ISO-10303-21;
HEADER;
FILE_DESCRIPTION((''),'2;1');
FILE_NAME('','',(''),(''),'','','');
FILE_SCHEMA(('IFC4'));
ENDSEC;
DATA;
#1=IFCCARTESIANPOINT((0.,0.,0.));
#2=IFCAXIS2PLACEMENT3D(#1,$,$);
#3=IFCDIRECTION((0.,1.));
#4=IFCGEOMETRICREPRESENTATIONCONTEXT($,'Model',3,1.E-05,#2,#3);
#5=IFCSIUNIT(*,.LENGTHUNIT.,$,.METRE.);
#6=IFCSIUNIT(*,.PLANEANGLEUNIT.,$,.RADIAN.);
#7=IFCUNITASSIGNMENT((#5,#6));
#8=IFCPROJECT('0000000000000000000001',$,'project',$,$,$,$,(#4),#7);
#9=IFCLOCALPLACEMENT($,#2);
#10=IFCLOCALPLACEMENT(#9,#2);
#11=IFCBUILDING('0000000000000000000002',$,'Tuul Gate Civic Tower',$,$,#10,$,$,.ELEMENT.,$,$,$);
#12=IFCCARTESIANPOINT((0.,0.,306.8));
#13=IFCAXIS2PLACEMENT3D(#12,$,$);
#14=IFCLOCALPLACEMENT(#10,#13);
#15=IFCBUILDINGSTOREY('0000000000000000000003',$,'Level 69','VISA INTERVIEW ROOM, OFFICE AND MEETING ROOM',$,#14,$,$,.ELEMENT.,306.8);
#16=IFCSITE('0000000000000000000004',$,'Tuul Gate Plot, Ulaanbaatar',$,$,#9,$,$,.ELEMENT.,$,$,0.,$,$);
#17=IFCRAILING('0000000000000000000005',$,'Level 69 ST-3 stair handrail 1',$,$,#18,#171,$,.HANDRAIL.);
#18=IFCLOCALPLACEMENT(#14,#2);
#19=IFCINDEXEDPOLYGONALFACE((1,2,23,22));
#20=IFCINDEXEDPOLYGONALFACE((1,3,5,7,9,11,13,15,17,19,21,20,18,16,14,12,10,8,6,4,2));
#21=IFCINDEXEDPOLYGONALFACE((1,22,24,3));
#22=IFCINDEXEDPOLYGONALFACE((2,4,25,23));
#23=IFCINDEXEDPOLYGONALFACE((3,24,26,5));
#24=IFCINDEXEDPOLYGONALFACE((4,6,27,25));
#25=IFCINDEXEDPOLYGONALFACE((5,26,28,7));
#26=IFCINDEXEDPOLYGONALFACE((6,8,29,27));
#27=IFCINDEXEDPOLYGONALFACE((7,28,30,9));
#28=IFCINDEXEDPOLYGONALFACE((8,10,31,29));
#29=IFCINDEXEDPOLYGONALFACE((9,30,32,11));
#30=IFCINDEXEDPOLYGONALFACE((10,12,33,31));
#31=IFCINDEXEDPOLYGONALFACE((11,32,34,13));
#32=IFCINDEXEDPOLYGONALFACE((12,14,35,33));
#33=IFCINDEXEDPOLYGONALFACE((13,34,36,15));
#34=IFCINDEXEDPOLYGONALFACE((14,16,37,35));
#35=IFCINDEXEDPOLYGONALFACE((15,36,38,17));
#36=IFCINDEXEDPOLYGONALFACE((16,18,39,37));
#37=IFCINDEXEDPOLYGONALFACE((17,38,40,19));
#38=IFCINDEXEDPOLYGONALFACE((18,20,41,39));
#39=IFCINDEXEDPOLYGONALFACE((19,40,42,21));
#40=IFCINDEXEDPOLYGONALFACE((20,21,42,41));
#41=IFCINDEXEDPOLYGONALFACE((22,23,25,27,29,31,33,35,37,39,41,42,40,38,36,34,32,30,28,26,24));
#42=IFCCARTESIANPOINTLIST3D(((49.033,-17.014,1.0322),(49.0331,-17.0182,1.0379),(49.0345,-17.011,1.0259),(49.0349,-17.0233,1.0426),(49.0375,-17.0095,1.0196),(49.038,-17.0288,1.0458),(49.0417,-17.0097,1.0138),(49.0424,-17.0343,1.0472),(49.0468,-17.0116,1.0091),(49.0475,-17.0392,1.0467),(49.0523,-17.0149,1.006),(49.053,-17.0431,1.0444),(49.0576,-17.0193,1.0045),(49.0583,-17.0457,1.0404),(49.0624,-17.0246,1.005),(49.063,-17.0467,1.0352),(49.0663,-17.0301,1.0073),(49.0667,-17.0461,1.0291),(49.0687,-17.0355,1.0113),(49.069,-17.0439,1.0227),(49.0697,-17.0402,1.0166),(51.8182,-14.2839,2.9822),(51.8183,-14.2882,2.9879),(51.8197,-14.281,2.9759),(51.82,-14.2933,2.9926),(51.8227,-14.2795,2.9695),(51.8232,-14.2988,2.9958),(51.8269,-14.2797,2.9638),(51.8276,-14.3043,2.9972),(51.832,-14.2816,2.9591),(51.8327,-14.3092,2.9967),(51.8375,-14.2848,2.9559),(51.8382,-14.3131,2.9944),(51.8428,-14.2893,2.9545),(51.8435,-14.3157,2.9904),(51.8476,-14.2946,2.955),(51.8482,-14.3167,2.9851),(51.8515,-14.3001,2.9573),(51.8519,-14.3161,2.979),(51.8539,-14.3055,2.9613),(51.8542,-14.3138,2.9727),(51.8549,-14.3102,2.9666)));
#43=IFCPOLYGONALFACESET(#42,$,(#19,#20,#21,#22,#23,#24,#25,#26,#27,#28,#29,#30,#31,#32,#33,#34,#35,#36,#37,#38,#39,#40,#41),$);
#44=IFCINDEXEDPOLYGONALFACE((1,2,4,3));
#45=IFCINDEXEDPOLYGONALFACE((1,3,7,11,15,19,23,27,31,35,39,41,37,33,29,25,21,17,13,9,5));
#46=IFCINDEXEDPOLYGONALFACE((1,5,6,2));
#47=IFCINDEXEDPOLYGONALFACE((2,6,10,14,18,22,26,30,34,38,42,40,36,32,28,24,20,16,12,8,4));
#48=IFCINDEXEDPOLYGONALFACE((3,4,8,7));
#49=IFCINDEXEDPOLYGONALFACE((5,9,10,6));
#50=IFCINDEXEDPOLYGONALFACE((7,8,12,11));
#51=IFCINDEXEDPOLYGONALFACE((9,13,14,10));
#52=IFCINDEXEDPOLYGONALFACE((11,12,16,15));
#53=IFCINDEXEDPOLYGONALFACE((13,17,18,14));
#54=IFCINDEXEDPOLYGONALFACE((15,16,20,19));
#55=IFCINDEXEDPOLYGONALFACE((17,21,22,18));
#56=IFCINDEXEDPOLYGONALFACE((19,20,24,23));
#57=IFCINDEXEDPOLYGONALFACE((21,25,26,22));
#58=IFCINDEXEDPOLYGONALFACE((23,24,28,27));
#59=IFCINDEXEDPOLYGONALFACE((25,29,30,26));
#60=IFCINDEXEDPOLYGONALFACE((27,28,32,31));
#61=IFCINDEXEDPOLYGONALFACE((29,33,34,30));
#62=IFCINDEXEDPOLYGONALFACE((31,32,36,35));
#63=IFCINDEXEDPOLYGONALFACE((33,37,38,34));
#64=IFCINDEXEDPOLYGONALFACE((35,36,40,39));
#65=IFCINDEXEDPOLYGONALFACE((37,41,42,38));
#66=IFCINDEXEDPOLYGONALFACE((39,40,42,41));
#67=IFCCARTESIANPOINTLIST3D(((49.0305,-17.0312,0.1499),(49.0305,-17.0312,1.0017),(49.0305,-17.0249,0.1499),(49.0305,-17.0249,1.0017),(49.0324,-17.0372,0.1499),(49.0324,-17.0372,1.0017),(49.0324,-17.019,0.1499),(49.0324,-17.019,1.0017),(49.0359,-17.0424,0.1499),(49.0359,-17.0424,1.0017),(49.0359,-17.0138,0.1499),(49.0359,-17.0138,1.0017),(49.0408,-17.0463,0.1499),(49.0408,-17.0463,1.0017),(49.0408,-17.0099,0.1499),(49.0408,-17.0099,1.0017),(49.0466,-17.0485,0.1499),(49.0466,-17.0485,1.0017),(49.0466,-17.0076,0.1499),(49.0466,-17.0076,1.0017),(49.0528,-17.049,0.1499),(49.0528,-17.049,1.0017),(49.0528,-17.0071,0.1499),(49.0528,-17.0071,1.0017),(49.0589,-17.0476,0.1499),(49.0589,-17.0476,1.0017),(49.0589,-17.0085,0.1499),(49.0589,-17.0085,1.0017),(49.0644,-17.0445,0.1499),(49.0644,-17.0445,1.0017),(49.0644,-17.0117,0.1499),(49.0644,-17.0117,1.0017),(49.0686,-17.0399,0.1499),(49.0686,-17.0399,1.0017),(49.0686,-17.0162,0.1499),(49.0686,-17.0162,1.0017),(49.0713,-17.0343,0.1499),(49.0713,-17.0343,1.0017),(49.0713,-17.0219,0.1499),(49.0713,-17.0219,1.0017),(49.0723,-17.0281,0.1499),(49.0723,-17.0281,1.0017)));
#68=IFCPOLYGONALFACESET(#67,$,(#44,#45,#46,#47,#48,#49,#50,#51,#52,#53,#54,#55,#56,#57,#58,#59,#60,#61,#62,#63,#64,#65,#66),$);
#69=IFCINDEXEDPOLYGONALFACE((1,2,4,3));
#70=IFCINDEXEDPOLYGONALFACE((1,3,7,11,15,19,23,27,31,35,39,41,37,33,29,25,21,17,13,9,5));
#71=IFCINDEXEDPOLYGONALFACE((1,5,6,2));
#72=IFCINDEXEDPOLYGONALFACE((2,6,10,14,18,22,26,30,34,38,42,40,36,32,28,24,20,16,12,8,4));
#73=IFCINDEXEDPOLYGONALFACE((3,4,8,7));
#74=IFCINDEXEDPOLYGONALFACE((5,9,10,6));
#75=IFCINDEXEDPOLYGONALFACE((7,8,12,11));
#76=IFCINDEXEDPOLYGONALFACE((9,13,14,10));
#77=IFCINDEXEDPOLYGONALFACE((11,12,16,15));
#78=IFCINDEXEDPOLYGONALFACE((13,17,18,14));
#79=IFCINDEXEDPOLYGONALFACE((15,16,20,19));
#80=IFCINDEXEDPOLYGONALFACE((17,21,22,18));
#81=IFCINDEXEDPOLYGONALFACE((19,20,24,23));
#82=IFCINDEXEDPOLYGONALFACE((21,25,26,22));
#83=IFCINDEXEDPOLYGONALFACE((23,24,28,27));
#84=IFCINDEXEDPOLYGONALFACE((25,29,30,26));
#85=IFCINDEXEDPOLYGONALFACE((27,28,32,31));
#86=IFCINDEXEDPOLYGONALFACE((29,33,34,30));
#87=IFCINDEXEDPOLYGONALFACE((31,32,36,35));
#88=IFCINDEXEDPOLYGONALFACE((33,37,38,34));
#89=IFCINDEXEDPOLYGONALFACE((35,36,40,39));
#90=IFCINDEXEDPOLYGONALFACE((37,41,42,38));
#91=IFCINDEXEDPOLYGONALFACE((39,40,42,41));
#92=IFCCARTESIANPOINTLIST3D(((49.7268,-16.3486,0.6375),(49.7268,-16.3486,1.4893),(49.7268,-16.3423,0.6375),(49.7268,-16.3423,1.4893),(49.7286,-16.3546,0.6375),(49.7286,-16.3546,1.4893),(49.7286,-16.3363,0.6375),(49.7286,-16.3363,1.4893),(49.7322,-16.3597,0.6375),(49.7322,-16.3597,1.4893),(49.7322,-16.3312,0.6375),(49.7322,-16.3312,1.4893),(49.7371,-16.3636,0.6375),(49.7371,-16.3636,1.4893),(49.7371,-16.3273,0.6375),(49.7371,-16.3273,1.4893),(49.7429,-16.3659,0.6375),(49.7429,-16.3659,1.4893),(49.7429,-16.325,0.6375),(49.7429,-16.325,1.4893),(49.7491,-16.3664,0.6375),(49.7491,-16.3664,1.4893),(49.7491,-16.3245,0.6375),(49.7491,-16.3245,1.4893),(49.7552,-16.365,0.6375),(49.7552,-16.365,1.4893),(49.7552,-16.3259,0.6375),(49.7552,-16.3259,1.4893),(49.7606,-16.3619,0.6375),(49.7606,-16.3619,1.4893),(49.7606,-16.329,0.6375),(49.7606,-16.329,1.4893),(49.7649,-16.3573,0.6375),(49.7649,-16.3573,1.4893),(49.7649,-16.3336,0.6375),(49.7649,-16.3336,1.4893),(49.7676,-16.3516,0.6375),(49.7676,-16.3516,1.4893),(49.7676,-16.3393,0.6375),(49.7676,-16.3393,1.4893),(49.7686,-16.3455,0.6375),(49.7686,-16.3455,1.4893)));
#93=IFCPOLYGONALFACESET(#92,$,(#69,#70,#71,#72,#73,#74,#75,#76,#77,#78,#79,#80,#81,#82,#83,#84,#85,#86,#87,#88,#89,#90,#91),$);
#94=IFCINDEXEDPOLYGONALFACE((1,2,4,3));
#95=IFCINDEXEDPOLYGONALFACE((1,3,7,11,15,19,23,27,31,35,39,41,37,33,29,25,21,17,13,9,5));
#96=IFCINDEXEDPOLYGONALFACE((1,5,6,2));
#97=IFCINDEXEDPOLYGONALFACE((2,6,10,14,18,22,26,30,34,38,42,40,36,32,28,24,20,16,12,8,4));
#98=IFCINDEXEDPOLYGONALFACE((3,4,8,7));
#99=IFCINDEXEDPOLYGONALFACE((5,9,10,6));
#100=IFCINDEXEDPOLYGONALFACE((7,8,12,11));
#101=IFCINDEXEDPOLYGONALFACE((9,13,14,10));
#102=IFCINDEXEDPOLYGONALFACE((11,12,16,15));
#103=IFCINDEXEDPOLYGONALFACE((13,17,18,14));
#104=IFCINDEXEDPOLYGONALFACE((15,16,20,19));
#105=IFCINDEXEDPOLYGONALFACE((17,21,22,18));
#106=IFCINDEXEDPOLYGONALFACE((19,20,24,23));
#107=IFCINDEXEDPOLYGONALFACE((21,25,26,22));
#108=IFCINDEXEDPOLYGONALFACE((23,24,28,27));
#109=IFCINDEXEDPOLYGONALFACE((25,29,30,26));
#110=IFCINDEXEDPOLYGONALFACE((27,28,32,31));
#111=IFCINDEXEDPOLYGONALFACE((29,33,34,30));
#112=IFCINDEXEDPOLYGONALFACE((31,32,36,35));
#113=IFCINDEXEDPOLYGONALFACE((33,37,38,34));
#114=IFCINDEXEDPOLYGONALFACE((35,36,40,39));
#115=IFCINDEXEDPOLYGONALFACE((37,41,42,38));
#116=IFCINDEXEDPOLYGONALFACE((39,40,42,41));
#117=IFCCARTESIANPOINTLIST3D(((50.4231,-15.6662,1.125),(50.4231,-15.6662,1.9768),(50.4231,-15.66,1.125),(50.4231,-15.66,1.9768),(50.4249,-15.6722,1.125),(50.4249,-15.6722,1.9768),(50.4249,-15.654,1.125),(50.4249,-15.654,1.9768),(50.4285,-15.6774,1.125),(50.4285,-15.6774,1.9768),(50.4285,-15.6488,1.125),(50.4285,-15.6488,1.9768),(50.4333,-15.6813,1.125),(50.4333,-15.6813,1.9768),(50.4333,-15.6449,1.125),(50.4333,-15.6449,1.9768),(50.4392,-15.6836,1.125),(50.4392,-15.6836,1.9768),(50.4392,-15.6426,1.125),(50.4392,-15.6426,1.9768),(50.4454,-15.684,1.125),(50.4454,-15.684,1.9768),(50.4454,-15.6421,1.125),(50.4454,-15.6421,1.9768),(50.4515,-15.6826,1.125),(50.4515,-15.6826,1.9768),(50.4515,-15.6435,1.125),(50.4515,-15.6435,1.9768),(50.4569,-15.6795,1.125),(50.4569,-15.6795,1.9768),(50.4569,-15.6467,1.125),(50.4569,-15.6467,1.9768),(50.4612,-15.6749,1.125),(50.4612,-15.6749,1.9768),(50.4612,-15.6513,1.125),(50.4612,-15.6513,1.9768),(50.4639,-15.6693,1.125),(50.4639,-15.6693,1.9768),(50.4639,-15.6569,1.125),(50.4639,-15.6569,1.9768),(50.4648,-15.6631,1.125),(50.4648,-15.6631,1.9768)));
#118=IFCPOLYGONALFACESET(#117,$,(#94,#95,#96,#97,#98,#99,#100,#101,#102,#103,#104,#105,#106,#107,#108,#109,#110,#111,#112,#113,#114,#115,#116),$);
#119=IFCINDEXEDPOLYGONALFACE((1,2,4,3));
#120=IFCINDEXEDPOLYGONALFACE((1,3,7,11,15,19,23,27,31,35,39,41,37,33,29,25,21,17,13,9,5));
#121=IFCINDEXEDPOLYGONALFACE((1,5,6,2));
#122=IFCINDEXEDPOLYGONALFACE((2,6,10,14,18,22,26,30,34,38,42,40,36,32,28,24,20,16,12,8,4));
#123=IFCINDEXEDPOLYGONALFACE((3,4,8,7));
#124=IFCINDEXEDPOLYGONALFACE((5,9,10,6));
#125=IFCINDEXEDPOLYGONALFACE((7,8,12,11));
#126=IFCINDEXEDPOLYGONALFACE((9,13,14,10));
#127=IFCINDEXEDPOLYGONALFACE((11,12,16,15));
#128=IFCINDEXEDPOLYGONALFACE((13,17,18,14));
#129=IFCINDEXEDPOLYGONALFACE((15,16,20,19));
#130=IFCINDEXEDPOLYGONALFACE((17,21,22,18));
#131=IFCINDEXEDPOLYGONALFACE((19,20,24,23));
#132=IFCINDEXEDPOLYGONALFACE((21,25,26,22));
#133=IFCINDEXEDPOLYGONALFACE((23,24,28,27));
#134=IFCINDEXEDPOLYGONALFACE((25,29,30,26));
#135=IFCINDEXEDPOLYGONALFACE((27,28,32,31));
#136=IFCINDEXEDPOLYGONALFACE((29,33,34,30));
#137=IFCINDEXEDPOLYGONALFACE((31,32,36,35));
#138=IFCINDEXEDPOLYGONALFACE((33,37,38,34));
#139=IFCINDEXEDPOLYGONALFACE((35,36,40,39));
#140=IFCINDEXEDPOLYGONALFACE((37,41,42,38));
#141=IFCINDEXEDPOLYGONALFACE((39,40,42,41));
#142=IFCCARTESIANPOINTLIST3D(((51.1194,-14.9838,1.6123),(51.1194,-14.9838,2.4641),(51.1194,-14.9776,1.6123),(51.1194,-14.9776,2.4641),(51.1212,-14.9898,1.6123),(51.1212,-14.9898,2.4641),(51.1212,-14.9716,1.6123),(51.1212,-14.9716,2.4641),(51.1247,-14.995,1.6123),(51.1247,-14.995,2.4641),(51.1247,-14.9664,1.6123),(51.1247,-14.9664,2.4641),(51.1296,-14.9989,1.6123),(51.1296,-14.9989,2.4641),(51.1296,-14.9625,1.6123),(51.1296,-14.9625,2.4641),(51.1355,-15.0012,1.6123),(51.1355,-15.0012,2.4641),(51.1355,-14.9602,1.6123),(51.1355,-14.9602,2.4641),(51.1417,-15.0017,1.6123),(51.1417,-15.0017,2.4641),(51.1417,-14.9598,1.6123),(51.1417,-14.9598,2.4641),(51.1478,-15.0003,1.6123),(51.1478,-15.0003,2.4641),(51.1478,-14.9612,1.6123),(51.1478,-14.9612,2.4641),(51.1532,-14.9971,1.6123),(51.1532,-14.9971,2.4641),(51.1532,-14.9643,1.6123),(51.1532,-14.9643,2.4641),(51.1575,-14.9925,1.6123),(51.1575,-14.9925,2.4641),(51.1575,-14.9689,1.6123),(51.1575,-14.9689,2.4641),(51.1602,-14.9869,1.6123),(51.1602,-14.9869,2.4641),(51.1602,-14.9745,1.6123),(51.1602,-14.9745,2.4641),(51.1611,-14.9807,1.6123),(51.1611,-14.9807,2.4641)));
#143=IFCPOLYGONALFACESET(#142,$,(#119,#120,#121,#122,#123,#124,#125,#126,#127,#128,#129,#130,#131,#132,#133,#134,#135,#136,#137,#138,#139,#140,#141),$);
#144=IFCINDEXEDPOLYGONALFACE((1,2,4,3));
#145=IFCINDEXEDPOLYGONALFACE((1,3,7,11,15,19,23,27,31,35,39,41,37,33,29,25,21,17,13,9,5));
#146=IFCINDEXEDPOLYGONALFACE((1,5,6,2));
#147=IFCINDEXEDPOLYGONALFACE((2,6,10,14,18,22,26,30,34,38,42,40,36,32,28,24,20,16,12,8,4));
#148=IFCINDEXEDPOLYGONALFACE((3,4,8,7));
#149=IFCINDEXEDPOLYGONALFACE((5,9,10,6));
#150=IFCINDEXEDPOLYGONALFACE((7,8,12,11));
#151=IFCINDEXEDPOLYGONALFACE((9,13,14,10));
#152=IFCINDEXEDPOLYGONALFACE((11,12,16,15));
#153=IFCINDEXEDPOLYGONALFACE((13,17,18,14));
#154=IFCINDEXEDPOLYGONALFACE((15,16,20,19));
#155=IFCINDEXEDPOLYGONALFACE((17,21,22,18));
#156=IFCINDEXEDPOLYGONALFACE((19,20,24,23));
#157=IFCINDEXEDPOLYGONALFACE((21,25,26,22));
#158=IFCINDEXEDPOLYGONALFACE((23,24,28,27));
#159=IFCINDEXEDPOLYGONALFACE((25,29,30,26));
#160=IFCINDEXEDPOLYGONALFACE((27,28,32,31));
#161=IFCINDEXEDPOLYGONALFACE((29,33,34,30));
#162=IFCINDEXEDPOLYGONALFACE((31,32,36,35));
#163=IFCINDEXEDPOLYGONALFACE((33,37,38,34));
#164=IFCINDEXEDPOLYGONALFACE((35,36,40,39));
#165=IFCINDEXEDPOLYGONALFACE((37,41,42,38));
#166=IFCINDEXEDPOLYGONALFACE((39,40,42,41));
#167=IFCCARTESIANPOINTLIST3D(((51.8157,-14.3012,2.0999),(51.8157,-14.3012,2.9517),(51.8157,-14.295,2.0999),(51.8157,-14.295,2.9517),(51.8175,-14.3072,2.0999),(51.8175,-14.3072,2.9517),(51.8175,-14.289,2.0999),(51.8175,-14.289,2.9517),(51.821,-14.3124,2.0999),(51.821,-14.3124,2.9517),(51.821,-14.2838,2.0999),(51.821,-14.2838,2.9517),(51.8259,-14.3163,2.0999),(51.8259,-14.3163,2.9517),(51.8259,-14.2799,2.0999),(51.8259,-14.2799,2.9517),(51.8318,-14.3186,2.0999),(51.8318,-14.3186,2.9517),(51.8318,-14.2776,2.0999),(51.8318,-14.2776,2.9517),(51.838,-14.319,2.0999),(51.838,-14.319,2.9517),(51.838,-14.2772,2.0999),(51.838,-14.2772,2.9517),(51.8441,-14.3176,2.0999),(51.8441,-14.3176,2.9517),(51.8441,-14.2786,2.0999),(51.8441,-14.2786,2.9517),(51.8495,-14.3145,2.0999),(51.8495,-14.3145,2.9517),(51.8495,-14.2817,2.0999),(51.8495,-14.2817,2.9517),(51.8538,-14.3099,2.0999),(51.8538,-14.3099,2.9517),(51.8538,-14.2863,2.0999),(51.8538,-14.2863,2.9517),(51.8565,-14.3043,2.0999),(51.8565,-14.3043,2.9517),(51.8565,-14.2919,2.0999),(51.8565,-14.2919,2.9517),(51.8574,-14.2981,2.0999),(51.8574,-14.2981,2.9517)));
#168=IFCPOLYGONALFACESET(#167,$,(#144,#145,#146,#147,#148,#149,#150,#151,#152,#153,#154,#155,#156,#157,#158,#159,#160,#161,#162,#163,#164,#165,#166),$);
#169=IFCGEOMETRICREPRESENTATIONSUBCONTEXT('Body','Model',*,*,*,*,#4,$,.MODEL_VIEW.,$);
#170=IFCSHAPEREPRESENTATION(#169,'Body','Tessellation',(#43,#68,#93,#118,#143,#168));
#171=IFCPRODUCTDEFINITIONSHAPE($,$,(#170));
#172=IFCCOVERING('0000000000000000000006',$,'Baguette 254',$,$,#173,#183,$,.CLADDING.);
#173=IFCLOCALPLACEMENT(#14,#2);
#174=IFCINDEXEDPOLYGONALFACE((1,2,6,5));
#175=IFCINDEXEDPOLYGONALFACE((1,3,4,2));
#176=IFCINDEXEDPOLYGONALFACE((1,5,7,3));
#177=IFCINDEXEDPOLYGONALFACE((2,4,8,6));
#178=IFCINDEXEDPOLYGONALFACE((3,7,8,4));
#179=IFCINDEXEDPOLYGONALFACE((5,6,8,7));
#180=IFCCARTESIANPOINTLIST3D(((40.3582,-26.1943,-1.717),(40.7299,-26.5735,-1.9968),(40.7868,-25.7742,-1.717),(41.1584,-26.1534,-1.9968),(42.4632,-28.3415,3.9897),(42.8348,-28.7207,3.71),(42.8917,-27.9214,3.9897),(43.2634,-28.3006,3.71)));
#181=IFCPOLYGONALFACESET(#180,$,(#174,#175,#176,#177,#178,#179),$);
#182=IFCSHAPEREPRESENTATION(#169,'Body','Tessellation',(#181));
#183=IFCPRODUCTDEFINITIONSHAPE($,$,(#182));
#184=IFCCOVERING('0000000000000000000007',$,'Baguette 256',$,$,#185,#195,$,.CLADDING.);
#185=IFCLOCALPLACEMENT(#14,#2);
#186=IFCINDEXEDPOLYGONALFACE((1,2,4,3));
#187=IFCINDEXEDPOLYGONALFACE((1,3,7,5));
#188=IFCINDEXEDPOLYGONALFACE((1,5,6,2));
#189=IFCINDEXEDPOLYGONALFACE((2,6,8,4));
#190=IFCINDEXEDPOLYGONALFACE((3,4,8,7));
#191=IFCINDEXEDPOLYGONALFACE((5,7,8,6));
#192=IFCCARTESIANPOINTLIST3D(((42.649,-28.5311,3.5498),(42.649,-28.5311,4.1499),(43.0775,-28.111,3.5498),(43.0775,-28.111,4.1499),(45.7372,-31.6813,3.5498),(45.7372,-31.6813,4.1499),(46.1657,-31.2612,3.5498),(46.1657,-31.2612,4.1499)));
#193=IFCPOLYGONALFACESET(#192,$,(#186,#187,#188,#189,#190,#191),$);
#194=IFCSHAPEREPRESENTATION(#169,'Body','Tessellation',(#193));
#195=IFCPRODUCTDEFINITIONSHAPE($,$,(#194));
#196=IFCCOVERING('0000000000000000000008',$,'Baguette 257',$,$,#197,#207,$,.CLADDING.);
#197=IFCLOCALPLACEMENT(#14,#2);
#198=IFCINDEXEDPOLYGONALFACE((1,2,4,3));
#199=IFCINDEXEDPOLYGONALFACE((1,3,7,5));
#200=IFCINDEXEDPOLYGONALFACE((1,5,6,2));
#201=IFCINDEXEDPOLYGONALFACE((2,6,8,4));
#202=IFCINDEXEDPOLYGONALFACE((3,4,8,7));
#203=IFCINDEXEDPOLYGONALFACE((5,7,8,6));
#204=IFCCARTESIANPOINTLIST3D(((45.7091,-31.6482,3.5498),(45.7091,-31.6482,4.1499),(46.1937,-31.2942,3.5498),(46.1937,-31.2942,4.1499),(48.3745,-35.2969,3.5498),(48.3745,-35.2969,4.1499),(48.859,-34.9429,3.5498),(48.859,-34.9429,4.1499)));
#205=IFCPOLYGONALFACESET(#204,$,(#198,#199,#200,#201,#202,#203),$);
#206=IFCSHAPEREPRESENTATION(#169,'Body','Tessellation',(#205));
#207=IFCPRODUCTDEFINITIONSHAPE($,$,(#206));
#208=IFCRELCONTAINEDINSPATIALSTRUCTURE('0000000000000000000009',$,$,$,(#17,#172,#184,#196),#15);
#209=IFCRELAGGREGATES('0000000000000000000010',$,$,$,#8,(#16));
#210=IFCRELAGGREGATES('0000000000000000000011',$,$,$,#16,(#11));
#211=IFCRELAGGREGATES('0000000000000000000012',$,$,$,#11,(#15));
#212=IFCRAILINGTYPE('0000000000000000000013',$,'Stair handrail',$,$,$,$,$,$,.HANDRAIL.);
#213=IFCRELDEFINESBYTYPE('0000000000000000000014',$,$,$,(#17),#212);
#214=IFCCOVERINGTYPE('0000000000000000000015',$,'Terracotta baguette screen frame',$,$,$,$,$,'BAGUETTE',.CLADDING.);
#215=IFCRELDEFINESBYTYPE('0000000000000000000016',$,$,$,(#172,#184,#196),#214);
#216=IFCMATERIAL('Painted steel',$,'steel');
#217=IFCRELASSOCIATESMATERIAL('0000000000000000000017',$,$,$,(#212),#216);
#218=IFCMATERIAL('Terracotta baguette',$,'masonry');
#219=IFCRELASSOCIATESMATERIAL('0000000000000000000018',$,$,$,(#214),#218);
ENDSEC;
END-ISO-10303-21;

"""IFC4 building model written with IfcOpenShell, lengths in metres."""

from ifc_helpers import new_model, si_unit, direction, frame, origin, origin_2d, place, context, subcontext, project, spatial, rectangle, circle, extrude, material, material_profile, profile_set, type_object, element, save


model = new_model("IFC4")

# Units and contexts
model_context = context("Model", 3, precision=1e-05, world=origin(), true_north=direction((0.0, 1.0)))
body_context = subcontext(model_context, "Body", "Model", "MODEL_VIEW")
ifc_project = project(units=[si_unit("LENGTHUNIT", "METRE"), si_unit("PLANEANGLEUNIT", "RADIAN")], contexts=[model_context])

# Site, building, storey
site_placement = place(None, origin())
site = spatial("IfcSite", under=ifc_project, at=site_placement, Name="Tuul Gate Plot, Ulaanbaatar", CompositionType="ELEMENT", RefElevation=0.0)
building_placement = place(site_placement, origin())
building = spatial("IfcBuilding", under=site, at=building_placement, Name="Tuul Gate Civic Tower", CompositionType="ELEMENT")
storey_placement = place(building_placement, frame((0.0, 0.0, 306.8)))
storey = spatial("IfcBuildingStorey", under=building, at=storey_placement, Name="Level 69", Description="VISA INTERVIEW ROOM, OFFICE AND MEETING ROOM", CompositionType="ELEMENT", Elevation=306.8)

# Railing
ifc_material_1 = material(Name="Painted steel", Category="steel")
railing_type = type_object("IfcRailingType", Name="Stair handrail", PredefinedType="HANDRAIL", material=ifc_material_1)
railing_placement = place(storey_placement, frame((49.0513, -17.0281, 0.1499)))
element("IfcRailing", 1, at=railing_placement, inside=storey, type_object=railing_type, Name="Level 69 ST-3 stair handrail 1", PredefinedType="HANDRAIL", context=body_context, shape_type="SweptSolid", body=[
    extrude(circle(Radius=0.0239, at=origin_2d()), frame((0.0, 0.0, 0.876), z_axis=(0.638754, 0.6261, 0.447206), x_axis=(-0.699998, 0.714145, 0.0)), (0.0, 0.0, 1.0), 4.3604),
    extrude(circle(Radius=0.021, at=origin_2d()), origin(), (0.0, 0.0, 1.0), 0.8518),
    extrude(circle(Radius=0.021, at=origin_2d()), frame((0.6963, 0.6826, 0.4875)), (0.0, 0.0, 1.0), 0.8518),
    extrude(circle(Radius=0.021, at=origin_2d()), frame((1.3926, 1.365, 0.9751)), (0.0, 0.0, 1.0), 0.8518),
    extrude(circle(Radius=0.021, at=origin_2d()), frame((2.0889, 2.0474, 1.4624)), (0.0, 0.0, 1.0), 0.8518),
    extrude(circle(Radius=0.021, at=origin_2d()), frame((2.7852, 2.73, 1.95)), (0.0, 0.0, 1.0), 0.8518),
])

# Coverings
ifc_material_2 = material(Name="Terracotta baguette", Category="masonry")
ifc_material_profile_1 = material_profile(ifc_material_2, rectangle(XDim=0.6001, YDim=0.6001, at=origin_2d()), Name="Terracotta baguette screen frame")
ifc_profile_set_1 = profile_set([ifc_material_profile_1], Name="Terracotta baguette")
covering_type = type_object("IfcCoveringType", Name="Terracotta baguette screen frame", ElementType="BAGUETTE", PredefinedType="CLADDING", material=ifc_profile_set_1)
covering_1_placement = place(storey_placement, frame((42.8633, -28.321, 3.8499), z_axis=(-0.326328, 0.332876, -0.884705), x_axis=(-0.714095, -0.700049, 0.0)))
element("IfcCovering", 2, at=covering_1_placement, inside=storey, type_object=covering_type, Name="Baguette 254", PredefinedType="CLADDING", context=body_context, shape_type="SweptSolid", body=[
    extrude(rectangle(XDim=0.6001, YDim=0.6001, at=origin_2d()), origin(), (0.0, 0.0, 1.0), 6.4504),
])
covering_2_placement = place(storey_placement, frame((42.8633, -28.321, 3.8499), z_axis=(0.700043, -0.714101, 0.0), x_axis=(0.714101, 0.700043, 0.0)))
element("IfcCovering", 3, at=covering_2_placement, inside=storey, type_object=covering_type, Name="Baguette 256", PredefinedType="CLADDING", context=body_context, shape_type="SweptSolid", body=[
    extrude(rectangle(XDim=0.6001, YDim=0.6001, at=origin_2d()), origin(), (0.0, 0.0, 1.0), 4.4114),
])
covering_3_placement = place(storey_placement, frame((45.9514, -31.4712, 3.8499), z_axis=(0.589863, -0.807503, 0.0), x_axis=(0.807503, 0.589863, 0.0)))
element("IfcCovering", 4, at=covering_3_placement, inside=storey, type_object=covering_type, Name="Baguette 257", PredefinedType="CLADDING", context=body_context, shape_type="SweptSolid", body=[
    extrude(rectangle(XDim=0.6001, YDim=0.6001, at=origin_2d()), origin(), (0.0, 0.0, 1.0), 4.5186),
])

save(model, "model.ifc")
